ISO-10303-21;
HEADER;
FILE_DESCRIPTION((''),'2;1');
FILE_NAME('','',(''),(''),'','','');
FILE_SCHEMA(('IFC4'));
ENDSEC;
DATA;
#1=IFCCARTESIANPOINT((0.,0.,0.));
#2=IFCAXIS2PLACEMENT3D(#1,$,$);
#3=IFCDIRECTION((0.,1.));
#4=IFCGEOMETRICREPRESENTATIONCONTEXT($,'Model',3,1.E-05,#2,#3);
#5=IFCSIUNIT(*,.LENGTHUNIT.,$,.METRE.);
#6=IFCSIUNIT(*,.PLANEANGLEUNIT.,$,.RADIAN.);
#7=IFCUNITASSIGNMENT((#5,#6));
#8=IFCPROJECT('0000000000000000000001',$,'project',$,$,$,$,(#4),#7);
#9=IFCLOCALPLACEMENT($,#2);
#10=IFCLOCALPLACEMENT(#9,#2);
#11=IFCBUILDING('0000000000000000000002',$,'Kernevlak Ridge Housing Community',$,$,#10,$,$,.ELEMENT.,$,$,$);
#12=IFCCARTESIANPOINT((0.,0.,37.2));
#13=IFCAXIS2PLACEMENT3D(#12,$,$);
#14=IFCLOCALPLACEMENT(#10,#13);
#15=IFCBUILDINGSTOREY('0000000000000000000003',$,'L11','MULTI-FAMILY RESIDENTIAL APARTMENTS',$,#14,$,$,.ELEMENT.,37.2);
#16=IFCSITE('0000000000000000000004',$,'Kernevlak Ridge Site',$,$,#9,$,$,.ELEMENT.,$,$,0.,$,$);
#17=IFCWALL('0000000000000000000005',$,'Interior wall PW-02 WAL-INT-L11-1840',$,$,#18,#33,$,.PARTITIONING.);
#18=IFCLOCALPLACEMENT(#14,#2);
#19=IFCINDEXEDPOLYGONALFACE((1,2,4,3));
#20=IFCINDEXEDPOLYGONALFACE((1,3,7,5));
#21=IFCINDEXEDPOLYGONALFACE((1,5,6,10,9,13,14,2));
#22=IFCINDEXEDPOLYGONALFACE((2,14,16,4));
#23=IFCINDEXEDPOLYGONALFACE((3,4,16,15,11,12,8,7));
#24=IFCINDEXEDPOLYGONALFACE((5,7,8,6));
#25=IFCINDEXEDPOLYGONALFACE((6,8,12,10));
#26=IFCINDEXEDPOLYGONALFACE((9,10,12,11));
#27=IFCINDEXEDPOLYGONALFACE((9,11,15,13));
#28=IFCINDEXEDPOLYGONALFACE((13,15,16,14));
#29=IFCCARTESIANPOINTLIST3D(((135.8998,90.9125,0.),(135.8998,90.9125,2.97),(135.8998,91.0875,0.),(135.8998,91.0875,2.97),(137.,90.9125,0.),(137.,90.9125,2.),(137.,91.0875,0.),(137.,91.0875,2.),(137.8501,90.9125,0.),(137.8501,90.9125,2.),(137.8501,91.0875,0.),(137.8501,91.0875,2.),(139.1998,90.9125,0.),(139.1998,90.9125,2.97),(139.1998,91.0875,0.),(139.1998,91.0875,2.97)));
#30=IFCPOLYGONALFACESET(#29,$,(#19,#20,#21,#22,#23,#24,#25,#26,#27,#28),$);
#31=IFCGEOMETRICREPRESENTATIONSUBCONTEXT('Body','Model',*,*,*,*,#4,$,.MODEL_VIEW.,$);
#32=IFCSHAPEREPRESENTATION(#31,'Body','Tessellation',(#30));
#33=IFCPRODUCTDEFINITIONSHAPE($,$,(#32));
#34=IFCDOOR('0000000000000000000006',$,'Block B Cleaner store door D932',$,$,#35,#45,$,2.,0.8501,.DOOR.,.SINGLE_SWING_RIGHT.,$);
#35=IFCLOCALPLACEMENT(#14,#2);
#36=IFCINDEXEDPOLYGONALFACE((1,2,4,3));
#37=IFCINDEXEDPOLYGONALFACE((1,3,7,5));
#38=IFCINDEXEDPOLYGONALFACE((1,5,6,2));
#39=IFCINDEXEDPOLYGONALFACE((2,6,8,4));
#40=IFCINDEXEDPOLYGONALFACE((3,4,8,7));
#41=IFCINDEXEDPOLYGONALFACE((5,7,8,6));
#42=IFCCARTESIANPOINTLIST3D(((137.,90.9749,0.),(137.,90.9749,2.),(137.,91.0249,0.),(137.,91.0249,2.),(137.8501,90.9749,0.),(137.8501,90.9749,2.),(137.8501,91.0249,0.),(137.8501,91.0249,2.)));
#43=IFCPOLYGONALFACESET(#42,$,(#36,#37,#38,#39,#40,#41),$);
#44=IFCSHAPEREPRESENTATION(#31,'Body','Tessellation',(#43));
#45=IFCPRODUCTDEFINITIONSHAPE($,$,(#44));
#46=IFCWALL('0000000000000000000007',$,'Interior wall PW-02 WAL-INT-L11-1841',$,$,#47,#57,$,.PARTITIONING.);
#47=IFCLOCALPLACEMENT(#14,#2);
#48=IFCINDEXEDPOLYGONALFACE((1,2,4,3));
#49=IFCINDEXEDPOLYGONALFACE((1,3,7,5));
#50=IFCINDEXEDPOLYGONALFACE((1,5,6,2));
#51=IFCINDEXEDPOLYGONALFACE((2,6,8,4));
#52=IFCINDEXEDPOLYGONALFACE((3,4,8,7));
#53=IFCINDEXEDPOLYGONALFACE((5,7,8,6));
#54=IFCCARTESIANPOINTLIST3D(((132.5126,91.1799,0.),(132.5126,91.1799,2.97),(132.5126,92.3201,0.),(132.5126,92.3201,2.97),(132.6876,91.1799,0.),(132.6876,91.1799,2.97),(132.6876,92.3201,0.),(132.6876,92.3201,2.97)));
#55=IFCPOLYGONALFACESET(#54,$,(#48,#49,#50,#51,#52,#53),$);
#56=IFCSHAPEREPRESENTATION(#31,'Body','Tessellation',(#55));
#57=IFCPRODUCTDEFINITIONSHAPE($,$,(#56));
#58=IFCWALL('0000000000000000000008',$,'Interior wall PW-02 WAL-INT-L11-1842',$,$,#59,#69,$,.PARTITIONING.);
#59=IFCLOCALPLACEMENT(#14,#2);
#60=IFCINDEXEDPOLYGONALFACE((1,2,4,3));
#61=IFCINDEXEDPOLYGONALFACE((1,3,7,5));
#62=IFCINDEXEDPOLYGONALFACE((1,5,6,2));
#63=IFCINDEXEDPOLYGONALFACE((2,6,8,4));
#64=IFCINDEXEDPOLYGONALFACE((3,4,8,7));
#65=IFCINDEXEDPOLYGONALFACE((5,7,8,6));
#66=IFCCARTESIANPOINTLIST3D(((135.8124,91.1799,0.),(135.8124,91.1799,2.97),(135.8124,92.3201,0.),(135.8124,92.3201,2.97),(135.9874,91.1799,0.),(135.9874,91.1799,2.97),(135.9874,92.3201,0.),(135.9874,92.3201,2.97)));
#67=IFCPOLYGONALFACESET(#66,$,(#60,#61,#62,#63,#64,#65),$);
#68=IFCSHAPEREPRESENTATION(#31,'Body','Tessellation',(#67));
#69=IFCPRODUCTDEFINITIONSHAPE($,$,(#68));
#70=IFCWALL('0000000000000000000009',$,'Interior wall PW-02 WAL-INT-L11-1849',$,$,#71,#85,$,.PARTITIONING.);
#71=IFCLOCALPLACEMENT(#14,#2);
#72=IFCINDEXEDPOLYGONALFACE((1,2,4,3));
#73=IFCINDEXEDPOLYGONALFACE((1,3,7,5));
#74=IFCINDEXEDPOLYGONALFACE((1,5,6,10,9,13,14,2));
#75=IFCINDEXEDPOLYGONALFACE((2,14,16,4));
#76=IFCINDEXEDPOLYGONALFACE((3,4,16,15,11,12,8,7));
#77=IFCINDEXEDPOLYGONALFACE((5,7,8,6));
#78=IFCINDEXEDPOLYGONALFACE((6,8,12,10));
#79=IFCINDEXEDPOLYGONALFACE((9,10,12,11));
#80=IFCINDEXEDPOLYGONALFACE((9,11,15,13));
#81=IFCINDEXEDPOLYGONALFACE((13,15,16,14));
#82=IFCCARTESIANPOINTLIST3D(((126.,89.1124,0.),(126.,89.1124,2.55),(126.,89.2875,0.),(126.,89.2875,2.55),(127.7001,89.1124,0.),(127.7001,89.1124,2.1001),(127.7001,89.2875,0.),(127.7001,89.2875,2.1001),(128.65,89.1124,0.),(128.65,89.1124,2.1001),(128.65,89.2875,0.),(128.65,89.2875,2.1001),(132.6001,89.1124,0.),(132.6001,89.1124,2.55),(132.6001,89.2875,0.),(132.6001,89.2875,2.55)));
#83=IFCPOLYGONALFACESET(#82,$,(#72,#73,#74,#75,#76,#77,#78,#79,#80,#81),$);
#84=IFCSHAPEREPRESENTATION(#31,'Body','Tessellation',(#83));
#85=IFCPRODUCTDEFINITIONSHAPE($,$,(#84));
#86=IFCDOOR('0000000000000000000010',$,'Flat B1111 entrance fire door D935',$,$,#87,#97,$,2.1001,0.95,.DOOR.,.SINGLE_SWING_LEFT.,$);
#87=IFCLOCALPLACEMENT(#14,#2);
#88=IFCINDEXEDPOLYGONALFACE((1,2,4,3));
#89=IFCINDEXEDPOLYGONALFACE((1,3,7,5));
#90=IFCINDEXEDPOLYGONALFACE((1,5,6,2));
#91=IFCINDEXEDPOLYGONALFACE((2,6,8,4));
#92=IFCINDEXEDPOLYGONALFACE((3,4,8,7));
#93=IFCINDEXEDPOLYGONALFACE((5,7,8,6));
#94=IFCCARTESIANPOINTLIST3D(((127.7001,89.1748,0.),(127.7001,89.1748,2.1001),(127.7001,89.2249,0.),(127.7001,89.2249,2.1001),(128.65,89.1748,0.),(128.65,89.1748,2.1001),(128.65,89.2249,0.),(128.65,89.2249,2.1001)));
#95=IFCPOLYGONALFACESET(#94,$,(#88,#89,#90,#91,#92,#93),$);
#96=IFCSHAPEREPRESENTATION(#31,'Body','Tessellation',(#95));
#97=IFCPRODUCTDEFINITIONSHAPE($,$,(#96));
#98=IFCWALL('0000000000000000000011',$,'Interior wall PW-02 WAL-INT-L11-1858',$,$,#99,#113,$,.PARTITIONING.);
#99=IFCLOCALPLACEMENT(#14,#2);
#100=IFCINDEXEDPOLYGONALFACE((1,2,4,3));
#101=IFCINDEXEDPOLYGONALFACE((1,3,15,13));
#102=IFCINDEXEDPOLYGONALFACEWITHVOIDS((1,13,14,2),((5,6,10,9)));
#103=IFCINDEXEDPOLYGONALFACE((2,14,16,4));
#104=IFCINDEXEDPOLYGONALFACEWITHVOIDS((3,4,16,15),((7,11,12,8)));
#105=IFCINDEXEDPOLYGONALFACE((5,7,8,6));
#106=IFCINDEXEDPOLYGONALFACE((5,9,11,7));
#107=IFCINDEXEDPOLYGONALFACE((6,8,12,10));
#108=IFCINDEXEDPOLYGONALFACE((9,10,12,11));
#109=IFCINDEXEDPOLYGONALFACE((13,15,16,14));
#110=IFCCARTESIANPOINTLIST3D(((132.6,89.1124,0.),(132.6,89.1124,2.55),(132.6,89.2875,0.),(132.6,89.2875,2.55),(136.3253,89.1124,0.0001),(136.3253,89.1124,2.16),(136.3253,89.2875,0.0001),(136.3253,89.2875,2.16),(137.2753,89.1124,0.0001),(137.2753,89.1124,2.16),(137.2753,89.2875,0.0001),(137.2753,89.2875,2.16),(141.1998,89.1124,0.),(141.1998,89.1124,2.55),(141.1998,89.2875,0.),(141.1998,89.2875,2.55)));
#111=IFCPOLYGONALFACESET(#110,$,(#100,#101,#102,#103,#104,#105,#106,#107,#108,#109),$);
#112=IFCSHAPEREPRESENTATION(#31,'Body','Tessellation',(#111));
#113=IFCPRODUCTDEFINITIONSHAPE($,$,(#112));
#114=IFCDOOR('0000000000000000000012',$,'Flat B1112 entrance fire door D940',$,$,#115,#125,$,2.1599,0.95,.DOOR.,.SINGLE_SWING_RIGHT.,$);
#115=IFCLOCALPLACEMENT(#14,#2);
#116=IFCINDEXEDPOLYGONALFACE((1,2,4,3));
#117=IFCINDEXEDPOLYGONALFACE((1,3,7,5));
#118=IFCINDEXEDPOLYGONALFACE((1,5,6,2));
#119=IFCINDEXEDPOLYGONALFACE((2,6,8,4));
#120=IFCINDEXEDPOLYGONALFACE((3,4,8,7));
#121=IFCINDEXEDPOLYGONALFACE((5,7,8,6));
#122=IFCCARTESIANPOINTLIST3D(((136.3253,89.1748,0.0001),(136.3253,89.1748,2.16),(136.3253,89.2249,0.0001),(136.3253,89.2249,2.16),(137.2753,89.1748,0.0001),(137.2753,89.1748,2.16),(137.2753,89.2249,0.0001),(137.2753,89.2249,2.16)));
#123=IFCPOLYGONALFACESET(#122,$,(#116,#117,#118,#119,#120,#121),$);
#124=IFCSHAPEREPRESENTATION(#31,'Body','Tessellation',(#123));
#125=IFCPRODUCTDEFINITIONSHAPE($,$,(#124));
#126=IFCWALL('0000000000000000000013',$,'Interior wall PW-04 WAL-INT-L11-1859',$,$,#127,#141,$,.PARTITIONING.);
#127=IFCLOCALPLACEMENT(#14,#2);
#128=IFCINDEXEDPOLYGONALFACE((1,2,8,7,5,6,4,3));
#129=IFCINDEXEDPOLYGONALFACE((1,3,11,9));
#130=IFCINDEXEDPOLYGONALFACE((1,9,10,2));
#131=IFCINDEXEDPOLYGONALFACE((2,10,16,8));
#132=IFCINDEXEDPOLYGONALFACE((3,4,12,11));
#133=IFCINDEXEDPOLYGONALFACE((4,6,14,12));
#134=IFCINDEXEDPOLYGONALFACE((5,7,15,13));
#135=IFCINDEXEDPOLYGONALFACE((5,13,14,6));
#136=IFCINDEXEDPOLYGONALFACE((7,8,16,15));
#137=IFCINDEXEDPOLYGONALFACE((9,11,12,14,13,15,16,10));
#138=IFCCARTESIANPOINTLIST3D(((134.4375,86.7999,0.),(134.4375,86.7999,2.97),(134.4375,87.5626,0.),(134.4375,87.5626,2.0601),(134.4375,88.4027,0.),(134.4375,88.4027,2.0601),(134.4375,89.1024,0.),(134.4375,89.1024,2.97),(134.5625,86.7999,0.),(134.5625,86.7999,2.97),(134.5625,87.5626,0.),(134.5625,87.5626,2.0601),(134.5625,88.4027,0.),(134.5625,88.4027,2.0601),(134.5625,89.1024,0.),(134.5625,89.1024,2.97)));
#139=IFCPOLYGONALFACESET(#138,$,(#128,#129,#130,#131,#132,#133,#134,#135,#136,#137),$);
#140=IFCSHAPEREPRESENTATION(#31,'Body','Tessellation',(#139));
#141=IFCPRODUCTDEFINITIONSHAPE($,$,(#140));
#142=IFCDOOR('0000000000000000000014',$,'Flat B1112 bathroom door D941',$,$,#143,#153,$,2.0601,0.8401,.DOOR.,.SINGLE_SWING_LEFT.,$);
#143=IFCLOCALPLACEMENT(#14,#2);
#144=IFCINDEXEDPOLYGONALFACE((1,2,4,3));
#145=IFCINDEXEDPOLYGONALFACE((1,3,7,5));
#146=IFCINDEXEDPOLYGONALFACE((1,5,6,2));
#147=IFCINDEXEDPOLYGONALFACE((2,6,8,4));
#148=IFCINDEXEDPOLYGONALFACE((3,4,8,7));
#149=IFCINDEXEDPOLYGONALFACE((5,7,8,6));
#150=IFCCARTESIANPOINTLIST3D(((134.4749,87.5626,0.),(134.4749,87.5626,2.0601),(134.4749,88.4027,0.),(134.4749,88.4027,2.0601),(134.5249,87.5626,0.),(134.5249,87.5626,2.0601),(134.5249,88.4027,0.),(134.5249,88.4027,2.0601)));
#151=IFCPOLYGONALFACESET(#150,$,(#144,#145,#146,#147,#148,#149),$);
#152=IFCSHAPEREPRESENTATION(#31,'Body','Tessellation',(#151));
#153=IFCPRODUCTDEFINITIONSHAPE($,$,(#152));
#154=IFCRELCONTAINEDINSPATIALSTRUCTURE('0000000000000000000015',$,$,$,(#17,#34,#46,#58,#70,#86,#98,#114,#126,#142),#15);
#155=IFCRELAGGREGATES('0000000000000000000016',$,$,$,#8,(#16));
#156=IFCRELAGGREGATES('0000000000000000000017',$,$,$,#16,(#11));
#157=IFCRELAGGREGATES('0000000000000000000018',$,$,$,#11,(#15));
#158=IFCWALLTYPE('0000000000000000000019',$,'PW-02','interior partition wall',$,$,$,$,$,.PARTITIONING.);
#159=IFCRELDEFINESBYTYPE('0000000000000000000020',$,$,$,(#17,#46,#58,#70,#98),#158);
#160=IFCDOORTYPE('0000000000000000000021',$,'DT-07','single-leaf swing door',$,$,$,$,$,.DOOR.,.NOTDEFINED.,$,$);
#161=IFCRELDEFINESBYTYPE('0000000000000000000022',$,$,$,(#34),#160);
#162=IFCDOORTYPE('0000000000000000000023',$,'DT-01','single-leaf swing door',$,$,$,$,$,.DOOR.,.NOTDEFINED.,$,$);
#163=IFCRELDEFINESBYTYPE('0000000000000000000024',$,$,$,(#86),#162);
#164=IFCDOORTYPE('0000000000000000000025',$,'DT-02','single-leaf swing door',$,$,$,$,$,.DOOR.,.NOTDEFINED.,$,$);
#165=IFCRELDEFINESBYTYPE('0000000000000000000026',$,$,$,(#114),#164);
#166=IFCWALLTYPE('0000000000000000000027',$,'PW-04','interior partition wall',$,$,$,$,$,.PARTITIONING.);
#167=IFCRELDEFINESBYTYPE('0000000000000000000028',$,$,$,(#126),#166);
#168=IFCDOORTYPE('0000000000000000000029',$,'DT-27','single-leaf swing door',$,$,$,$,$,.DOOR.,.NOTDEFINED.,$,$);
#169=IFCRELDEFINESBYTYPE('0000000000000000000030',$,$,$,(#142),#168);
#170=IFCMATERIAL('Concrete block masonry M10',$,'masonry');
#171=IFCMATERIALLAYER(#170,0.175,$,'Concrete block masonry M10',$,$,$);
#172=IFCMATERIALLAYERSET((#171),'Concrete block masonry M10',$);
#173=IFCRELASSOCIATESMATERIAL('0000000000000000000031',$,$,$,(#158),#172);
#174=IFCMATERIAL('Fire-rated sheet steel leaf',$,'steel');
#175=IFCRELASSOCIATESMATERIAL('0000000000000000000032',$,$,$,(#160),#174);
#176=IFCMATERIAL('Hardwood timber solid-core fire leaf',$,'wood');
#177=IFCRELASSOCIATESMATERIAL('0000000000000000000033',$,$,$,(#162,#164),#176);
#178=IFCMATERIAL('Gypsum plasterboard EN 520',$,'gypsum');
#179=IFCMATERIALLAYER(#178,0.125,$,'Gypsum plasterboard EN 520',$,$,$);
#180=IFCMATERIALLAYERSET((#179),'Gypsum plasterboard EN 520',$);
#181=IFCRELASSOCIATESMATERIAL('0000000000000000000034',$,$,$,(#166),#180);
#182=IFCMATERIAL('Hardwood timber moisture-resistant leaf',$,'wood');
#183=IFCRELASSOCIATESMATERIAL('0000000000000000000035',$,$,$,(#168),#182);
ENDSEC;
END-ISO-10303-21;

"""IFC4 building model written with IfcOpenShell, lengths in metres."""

from ifc_helpers import new_model, si_unit, direction, frame, frame_2d, origin, place, context, subcontext, project, spatial, rectangle, extrude, material, layer, layer_set, type_object, element, fill, save


model = new_model("IFC4")

# Units and contexts
model_context = context("Model", 3, precision=1e-05, world=origin(), true_north=direction((0.0, 1.0)))
body_context = subcontext(model_context, "Body", "Model", "MODEL_VIEW")
ifc_project = project(units=[si_unit("LENGTHUNIT", "METRE"), si_unit("PLANEANGLEUNIT", "RADIAN")], contexts=[model_context])

# Site, building, storey
site_placement = place(None, origin())
site = spatial("IfcSite", under=ifc_project, at=site_placement, Name="Kernevlak Ridge Site", CompositionType="ELEMENT", RefElevation=0.0)
building_placement = place(site_placement, origin())
building = spatial("IfcBuilding", under=site, at=building_placement, Name="Kernevlak Ridge Housing Community", CompositionType="ELEMENT")
storey_placement = place(building_placement, frame((0.0, 0.0, 37.2)))
storey = spatial("IfcBuildingStorey", under=building, at=storey_placement, Name="L11", Description="MULTI-FAMILY RESIDENTIAL APARTMENTS", CompositionType="ELEMENT", Elevation=37.2)

# Wall, opening, door
ifc_material_1 = material(Name="Concrete block masonry M10", Category="masonry")
ifc_layer_1 = layer(ifc_material_1, 0.175, Name="Concrete block masonry M10")
ifc_layer_set_1 = layer_set([ifc_layer_1], Name="Concrete block masonry M10")
wall_type_1 = type_object("IfcWallType", Name="PW-02", Description="interior partition wall", PredefinedType="PARTITIONING", material=ifc_layer_set_1)
ifc_material_2 = material(Name="Fire-rated sheet steel leaf", Category="steel")
wall_1_placement = place(storey_placement, frame((135.8999, 91.0, 0.0), z_axis=(0.0, 0.0, 1.0), x_axis=(1.0, 0.0, 0.0)))
wall_1 = element("IfcWall", 1, at=wall_1_placement, inside=storey, type_object=wall_type_1, Name="Interior wall PW-02 WAL-INT-L11-1840", PredefinedType="PARTITIONING", context=body_context, shape_type="SweptSolid", body=[
    extrude(rectangle(XDim=3.3, YDim=0.175, at=frame_2d((1.6499, 0.0))), origin(), (0.0, 0.0, 1.0), 2.97),
])
opening_1_placement = place(wall_1_placement, frame((1.1001, 0.0, 0.0)))
opening_1 = element("IfcOpeningElement", 2, at=opening_1_placement, cuts=wall_1, PredefinedType="OPENING", context=body_context, shape_type="SweptSolid", body=[
    extrude(rectangle(XDim=0.8501, YDim=2.0, at=frame_2d((0.425, 1.0))), frame((0.0, 0.0974, 0.0), z_axis=(0.0, -1.0, 0.0), x_axis=(1.0, 0.0, 0.0)), (0.0, 0.0, 1.0), 0.1951),
])
door_type_1 = type_object("IfcDoorType", Name="DT-07", Description="single-leaf swing door", OperationType="NOTDEFINED", PredefinedType="DOOR", material=ifc_material_2)
door_1_placement = place(opening_1_placement, origin())
door_1 = element("IfcDoor", 3, at=door_1_placement, inside=storey, type_object=door_type_1, Name="Block B Cleaner store door D932", OperationType="SINGLE_SWING_RIGHT", OverallHeight=2.0, OverallWidth=0.8501, PredefinedType="DOOR", context=body_context, shape_type="SweptSolid", body=[
    extrude(rectangle(XDim=0.8501, YDim=2.0, at=frame_2d((0.425, 1.0))), frame((0.0, 0.0249, 0.0), z_axis=(0.0, -1.0, 0.0), x_axis=(1.0, 0.0, 0.0)), (0.0, 0.0, 1.0), 0.05),
])
fill(opening_1, door_1)

# Walls
for number, where, z_axis, x_axis, name in (
    (4, (132.6001, 91.1799, 0.0), (0.0, 0.0, 1.0), (0.0, 1.0, 0.0), "Interior wall PW-02 WAL-INT-L11-1841"),
    (5, (135.8999, 91.1799, 0.0), (0.0, 0.0, 1.0), (0.0, 1.0, 0.0), "Interior wall PW-02 WAL-INT-L11-1842"),
):
    element("IfcWall", number, at=place(storey_placement, frame(where, z_axis=z_axis, x_axis=x_axis)), inside=storey, type_object=wall_type_1, Name=name, PredefinedType="PARTITIONING", context=body_context, shape_type="SweptSolid", body=[
        extrude(rectangle(XDim=1.1401, YDim=0.175, at=frame_2d((0.5701, 0.0))), origin(), (0.0, 0.0, 1.0), 2.97),
    ])

# Walls, openings, doors
wall_2_placement = place(storey_placement, frame((126.0, 89.2, 0.0), z_axis=(0.0, 0.0, 1.0), x_axis=(1.0, 0.0, 0.0)))
wall_2 = element("IfcWall", 6, at=wall_2_placement, inside=storey, type_object=wall_type_1, Name="Interior wall PW-02 WAL-INT-L11-1849", PredefinedType="PARTITIONING", context=body_context, shape_type="SweptSolid", body=[
    extrude(rectangle(XDim=6.6001, YDim=0.175, at=frame_2d((3.3, 0.0))), origin(), (0.0, 0.0, 1.0), 2.55),
])
opening_2_placement = place(wall_2_placement, frame((1.7, 0.0, 0.0)))
opening_2 = element("IfcOpeningElement", 7, at=opening_2_placement, cuts=wall_2, PredefinedType="OPENING", context=body_context, shape_type="SweptSolid", body=[
    extrude(rectangle(XDim=0.95, YDim=2.1001, at=frame_2d((0.4751, 1.05))), frame((0.0, 0.0974, 0.0), z_axis=(0.0, -1.0, 0.0), x_axis=(1.0, 0.0, 0.0)), (0.0, 0.0, 1.0), 0.1951),
])
ifc_material_3 = material(Name="Hardwood timber solid-core fire leaf", Category="wood")
door_type_2 = type_object("IfcDoorType", Name="DT-01", Description="single-leaf swing door", OperationType="NOTDEFINED", PredefinedType="DOOR", material=ifc_material_3)
door_2_placement = place(opening_2_placement, origin())
door_2 = element("IfcDoor", 8, at=door_2_placement, inside=storey, type_object=door_type_2, Name="Flat B1111 entrance fire door D935", OperationType="SINGLE_SWING_LEFT", OverallHeight=2.1001, OverallWidth=0.95, PredefinedType="DOOR", context=body_context, shape_type="SweptSolid", body=[
    extrude(rectangle(XDim=0.95, YDim=2.1001, at=frame_2d((0.4751, 1.05))), frame((0.0, 0.0249, 0.0), z_axis=(0.0, -1.0, 0.0), x_axis=(1.0, 0.0, 0.0)), (0.0, 0.0, 1.0), 0.05),
])
fill(opening_2, door_2)
wall_3_placement = place(storey_placement, frame((132.6001, 89.2, 0.0), z_axis=(0.0, 0.0, 1.0), x_axis=(1.0, 0.0, 0.0)))
wall_3 = element("IfcWall", 9, at=wall_3_placement, inside=storey, type_object=wall_type_1, Name="Interior wall PW-02 WAL-INT-L11-1858", PredefinedType="PARTITIONING", context=body_context, shape_type="SweptSolid", body=[
    extrude(rectangle(XDim=8.5999, YDim=0.175, at=frame_2d((4.2998, 0.0))), origin(), (0.0, 0.0, 1.0), 2.55),
])
opening_3_placement = place(wall_3_placement, frame((3.7251, 0.0, 0.0)))
opening_3 = element("IfcOpeningElement", 10, at=opening_3_placement, cuts=wall_3, PredefinedType="OPENING", context=body_context, shape_type="SweptSolid", body=[
    extrude(rectangle(XDim=0.95, YDim=2.1599, at=frame_2d((0.4751, 1.0801))), frame((0.0, 0.0974, 0.0), z_axis=(0.0, -1.0, 0.0), x_axis=(1.0, 0.0, 0.0)), (0.0, 0.0, 1.0), 0.1951),
])
door_type_3 = type_object("IfcDoorType", Name="DT-02", Description="single-leaf swing door", OperationType="NOTDEFINED", PredefinedType="DOOR", material=ifc_material_3)
door_3_placement = place(opening_3_placement, origin())
door_3 = element("IfcDoor", 11, at=door_3_placement, inside=storey, type_object=door_type_3, Name="Flat B1112 entrance fire door D940", OperationType="SINGLE_SWING_RIGHT", OverallHeight=2.1599, OverallWidth=0.95, PredefinedType="DOOR", context=body_context, shape_type="SweptSolid", body=[
    extrude(rectangle(XDim=0.95, YDim=2.1599, at=frame_2d((0.4751, 1.0801))), frame((0.0, 0.0249, 0.0), z_axis=(0.0, -1.0, 0.0), x_axis=(1.0, 0.0, 0.0)), (0.0, 0.0, 1.0), 0.05),
])
fill(opening_3, door_3)
ifc_material_4 = material(Name="Gypsum plasterboard EN 520", Category="gypsum")
ifc_layer_2 = layer(ifc_material_4, 0.125, Name="Gypsum plasterboard EN 520")
ifc_layer_set_2 = layer_set([ifc_layer_2], Name="Gypsum plasterboard EN 520")
wall_type_2 = type_object("IfcWallType", Name="PW-04", Description="interior partition wall", PredefinedType="PARTITIONING", material=ifc_layer_set_2)
wall_4_placement = place(storey_placement, frame((134.5, 89.1025, 0.0), z_axis=(0.0, 0.0, 1.0), x_axis=(0.0, -1.0, 0.0)))
wall_4 = element("IfcWall", 12, at=wall_4_placement, inside=storey, type_object=wall_type_2, Name="Interior wall PW-04 WAL-INT-L11-1859", PredefinedType="PARTITIONING", context=body_context, shape_type="SweptSolid", body=[
    extrude(rectangle(XDim=2.3025, YDim=0.125, at=frame_2d((1.1514, 0.0))), origin(), (0.0, 0.0, 1.0), 2.97),
])
opening_4_placement = place(wall_4_placement, frame((0.7, 0.0, 0.0)))
opening_4 = element("IfcOpeningElement", 13, at=opening_4_placement, cuts=wall_4, PredefinedType="OPENING", context=body_context, shape_type="SweptSolid", body=[
    extrude(rectangle(XDim=0.8401, YDim=2.0601, at=frame_2d((0.4199, 1.03))), frame((0.0, 0.0725, 0.0), z_axis=(0.0, -1.0, 0.0), x_axis=(1.0, 0.0, 0.0)), (0.0, 0.0, 1.0), 0.145),
])
ifc_material_5 = material(Name="Hardwood timber moisture-resistant leaf", Category="wood")
door_type_4 = type_object("IfcDoorType", Name="DT-27", Description="single-leaf swing door", OperationType="NOTDEFINED", PredefinedType="DOOR", material=ifc_material_5)
door_4_placement = place(opening_4_placement, origin())
door_4 = element("IfcDoor", 14, at=door_4_placement, inside=storey, type_object=door_type_4, Name="Flat B1112 bathroom door D941", OperationType="SINGLE_SWING_LEFT", OverallHeight=2.0601, OverallWidth=0.8401, PredefinedType="DOOR", context=body_context, shape_type="SweptSolid", body=[
    extrude(rectangle(XDim=0.8401, YDim=2.0601, at=frame_2d((0.4199, 1.03))), frame((0.0, 0.0249, 0.0), z_axis=(0.0, -1.0, 0.0), x_axis=(1.0, 0.0, 0.0)), (0.0, 0.0, 1.0), 0.05),
])
fill(opening_4, door_4)

save(model, "model.ifc")
